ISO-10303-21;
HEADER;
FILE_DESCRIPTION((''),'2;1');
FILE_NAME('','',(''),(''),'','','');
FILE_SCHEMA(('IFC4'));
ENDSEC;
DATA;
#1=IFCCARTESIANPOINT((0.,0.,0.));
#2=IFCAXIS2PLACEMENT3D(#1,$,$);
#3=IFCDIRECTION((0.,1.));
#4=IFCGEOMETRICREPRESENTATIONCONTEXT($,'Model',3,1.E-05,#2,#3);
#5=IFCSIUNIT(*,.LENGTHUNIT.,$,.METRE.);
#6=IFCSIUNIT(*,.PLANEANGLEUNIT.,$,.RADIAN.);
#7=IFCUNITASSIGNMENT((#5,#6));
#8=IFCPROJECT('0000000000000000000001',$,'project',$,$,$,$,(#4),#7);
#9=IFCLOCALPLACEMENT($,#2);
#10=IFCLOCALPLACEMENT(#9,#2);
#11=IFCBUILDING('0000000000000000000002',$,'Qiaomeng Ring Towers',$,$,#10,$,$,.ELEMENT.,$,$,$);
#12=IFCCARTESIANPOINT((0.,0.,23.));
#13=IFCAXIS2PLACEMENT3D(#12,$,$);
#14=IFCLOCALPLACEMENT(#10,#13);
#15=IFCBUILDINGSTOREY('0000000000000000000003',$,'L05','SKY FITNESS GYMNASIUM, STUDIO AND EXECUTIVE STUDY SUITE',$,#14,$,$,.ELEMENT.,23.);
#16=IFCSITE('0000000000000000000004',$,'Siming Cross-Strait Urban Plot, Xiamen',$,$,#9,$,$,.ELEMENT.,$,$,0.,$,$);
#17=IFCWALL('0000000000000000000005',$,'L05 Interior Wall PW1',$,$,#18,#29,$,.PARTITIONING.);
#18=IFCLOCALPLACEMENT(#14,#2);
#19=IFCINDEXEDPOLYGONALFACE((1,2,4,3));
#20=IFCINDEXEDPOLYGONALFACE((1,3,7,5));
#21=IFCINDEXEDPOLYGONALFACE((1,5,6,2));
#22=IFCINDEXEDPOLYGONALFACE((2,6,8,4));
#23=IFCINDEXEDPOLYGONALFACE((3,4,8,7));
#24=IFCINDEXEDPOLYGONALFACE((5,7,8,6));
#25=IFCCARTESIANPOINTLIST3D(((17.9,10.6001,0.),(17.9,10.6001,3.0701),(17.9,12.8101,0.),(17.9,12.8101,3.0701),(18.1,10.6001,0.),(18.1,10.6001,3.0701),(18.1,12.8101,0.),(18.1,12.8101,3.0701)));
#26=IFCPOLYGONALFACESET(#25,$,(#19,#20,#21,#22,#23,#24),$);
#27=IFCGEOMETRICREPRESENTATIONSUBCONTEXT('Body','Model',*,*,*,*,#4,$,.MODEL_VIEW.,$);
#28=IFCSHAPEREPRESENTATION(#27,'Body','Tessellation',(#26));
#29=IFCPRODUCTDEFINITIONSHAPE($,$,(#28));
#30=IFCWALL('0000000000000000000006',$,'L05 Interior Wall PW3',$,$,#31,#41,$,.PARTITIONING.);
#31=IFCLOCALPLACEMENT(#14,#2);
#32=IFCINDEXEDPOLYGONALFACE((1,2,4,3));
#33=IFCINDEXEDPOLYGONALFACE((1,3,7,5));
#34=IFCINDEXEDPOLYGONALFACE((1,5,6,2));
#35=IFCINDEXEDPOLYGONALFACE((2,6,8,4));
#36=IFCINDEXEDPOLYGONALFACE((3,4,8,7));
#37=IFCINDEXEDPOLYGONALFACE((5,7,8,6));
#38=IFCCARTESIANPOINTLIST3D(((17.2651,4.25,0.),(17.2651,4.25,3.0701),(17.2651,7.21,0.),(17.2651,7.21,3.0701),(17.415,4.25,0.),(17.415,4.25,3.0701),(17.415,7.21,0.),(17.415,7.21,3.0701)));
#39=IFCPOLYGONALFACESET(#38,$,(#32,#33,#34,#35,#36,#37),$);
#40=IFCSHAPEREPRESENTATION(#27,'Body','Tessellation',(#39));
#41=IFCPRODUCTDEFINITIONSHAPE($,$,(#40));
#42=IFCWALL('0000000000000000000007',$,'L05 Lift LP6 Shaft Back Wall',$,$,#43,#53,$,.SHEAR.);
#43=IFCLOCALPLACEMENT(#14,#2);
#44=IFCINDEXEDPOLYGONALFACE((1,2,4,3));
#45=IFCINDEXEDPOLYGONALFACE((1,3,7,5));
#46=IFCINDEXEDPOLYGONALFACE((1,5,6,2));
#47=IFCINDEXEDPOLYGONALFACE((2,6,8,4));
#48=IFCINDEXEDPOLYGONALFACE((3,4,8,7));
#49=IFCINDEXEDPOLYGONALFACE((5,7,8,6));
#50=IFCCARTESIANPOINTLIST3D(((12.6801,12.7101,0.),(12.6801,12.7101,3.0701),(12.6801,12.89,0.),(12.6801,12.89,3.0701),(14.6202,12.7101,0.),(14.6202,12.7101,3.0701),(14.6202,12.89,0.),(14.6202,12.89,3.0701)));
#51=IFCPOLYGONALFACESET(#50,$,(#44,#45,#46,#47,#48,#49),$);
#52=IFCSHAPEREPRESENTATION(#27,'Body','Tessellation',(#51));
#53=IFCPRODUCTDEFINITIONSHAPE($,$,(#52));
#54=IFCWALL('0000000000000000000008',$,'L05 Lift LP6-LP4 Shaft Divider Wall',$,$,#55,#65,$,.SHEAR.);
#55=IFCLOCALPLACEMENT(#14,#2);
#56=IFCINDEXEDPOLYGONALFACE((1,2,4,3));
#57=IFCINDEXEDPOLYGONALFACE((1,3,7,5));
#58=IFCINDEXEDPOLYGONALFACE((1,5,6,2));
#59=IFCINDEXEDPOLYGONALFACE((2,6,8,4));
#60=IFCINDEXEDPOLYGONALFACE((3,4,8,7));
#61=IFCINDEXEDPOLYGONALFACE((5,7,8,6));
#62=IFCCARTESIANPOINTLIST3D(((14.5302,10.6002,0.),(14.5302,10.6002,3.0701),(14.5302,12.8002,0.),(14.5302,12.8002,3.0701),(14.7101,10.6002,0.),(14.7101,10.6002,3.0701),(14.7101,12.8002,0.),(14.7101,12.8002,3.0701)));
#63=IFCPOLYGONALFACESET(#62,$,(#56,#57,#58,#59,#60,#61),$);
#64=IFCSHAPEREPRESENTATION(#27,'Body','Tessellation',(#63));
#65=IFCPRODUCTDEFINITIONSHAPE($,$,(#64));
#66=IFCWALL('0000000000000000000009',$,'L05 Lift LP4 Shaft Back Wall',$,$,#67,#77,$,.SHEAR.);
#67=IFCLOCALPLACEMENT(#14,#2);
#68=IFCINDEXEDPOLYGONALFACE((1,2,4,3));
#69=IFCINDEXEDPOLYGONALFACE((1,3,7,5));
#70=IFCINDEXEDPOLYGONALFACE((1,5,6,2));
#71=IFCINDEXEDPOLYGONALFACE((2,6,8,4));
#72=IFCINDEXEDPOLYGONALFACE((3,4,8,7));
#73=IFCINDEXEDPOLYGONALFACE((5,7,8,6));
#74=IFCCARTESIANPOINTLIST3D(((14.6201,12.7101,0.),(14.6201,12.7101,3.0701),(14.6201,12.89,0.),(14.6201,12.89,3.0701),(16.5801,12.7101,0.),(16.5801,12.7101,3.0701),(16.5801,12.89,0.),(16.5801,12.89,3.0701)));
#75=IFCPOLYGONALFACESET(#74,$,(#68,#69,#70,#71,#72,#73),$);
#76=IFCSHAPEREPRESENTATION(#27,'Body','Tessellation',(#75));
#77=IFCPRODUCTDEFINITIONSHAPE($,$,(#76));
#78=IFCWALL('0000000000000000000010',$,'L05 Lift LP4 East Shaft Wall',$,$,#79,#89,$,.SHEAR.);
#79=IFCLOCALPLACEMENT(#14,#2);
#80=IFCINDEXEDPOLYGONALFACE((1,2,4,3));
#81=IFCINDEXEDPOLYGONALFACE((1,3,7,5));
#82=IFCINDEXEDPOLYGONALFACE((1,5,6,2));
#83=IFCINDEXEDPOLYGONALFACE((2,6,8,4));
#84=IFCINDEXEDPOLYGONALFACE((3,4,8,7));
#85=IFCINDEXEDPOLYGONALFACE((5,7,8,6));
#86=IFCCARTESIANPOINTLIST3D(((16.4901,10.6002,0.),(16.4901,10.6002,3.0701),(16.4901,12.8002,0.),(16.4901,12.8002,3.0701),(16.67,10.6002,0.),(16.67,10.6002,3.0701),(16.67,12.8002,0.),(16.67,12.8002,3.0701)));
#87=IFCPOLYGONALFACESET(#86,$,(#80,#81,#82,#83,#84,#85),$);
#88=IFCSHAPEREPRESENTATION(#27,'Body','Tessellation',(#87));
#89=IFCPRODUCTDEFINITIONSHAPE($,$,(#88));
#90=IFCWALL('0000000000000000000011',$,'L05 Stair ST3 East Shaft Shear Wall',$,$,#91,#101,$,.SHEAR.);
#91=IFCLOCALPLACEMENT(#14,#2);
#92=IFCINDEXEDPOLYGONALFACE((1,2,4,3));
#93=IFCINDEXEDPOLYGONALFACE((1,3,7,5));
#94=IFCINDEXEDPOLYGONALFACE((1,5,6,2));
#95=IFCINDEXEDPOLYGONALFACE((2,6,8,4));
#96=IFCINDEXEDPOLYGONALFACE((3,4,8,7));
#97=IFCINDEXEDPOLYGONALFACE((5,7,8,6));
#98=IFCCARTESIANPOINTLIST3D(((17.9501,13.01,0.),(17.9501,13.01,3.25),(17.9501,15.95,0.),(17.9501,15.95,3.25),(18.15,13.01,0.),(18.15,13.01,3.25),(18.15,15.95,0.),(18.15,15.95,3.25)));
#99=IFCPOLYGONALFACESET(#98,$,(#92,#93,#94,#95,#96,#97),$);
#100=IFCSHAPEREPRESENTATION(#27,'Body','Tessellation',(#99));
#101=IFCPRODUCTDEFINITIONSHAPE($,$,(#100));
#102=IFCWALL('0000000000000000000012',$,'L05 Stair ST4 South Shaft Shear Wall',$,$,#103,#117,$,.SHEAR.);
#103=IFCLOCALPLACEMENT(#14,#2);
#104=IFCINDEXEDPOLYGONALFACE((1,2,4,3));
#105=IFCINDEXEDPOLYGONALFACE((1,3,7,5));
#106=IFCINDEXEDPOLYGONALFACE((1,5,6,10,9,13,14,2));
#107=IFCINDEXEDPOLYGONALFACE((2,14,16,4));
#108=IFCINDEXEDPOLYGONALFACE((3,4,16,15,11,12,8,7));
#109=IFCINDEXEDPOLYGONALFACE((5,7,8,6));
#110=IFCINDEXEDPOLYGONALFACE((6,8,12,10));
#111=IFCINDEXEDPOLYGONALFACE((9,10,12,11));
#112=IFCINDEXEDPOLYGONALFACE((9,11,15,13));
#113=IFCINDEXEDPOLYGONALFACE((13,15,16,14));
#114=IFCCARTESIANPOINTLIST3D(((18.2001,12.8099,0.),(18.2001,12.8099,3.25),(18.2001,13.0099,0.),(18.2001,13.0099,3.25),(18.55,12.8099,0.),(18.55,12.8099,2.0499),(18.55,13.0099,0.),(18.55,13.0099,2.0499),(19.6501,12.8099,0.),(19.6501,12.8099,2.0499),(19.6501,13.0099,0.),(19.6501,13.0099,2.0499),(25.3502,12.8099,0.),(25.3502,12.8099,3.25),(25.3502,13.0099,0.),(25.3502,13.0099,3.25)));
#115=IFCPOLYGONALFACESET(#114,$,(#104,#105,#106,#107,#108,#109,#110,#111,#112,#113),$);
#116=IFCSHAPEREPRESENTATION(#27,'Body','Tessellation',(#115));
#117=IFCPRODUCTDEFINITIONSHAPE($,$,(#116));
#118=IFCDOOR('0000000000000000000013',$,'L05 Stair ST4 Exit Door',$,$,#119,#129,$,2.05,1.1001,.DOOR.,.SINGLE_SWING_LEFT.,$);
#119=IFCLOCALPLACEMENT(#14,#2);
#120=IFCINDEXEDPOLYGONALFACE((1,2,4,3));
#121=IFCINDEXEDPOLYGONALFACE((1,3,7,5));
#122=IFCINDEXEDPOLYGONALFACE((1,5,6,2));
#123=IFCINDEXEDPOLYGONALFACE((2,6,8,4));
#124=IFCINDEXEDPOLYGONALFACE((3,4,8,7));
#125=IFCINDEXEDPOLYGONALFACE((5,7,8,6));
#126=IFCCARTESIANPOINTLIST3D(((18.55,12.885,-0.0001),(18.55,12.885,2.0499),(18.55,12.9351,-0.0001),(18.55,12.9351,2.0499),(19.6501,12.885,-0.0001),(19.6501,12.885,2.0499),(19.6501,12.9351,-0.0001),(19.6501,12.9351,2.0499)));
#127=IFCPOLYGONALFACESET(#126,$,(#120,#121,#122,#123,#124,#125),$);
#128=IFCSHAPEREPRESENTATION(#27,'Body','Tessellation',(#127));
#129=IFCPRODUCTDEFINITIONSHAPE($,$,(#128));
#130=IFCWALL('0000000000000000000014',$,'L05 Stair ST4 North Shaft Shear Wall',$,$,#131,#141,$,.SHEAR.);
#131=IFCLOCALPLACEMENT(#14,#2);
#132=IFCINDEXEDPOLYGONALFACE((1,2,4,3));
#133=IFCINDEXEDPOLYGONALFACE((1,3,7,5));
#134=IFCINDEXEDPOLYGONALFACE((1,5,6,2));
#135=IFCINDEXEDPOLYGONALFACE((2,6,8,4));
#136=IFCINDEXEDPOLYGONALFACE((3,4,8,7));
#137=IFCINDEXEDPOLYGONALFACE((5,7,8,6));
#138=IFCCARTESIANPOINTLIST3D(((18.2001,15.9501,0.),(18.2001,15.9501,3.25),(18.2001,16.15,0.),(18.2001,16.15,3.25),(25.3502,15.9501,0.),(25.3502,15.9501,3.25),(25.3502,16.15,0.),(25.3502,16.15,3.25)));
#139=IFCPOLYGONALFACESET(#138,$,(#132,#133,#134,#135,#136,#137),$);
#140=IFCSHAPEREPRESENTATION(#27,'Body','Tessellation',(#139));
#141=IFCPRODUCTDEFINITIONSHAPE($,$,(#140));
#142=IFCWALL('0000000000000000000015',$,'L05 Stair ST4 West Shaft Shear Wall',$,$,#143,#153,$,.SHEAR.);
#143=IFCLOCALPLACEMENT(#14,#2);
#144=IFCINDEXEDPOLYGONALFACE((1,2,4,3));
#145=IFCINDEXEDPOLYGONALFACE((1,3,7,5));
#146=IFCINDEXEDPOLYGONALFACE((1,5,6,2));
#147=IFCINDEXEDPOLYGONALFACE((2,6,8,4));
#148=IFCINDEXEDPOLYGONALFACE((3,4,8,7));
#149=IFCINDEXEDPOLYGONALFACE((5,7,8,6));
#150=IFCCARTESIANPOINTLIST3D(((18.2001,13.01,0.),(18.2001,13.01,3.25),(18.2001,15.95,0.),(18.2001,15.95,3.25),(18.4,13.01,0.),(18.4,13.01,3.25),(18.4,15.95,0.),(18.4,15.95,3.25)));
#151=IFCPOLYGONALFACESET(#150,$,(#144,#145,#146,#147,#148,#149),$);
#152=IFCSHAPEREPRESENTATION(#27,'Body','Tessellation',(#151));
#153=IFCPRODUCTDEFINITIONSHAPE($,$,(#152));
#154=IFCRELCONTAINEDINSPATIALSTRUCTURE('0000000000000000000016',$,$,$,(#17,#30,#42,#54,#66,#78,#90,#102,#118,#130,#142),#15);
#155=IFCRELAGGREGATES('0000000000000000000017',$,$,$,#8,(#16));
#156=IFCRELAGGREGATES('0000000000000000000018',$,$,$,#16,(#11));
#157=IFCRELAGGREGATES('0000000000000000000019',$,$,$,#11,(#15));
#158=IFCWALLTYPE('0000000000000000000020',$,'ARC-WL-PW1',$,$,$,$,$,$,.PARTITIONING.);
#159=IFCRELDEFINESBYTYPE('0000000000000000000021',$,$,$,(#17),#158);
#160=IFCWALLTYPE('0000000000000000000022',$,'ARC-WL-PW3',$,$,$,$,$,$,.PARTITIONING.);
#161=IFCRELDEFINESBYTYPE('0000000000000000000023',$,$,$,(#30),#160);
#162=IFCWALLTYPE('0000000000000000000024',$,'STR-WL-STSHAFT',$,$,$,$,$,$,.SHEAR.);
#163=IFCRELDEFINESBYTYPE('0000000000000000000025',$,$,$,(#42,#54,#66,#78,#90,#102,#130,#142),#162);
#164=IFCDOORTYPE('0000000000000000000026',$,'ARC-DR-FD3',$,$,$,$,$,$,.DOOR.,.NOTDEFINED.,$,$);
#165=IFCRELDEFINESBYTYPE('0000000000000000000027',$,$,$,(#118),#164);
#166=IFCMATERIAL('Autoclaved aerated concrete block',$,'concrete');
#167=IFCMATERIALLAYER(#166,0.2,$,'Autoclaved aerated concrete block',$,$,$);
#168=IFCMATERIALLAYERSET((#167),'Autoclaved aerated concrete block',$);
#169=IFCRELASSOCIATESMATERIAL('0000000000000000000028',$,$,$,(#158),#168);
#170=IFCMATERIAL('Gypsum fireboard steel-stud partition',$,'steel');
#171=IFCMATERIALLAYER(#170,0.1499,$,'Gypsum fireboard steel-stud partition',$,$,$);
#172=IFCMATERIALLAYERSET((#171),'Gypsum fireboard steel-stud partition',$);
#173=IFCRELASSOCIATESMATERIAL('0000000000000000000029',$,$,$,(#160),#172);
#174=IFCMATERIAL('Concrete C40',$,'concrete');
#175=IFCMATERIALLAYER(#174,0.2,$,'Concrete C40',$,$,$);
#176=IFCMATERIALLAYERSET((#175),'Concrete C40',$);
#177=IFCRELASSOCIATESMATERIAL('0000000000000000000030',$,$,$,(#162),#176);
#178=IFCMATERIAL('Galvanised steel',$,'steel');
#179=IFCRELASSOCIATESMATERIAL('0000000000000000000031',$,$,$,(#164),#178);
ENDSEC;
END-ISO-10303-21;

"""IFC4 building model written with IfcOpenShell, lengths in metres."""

from ifc_helpers import new_model, si_unit, direction, frame, frame_2d, origin, place, context, subcontext, project, spatial, rectangle, extrude, source, transform, mapped, material, layer, layer_set, type_object, element, fill, save


model = new_model("IFC4")

# Units and contexts
model_context = context("Model", 3, precision=1e-05, world=origin(), true_north=direction((0.0, 1.0)))
body_context = subcontext(model_context, "Body", "Model", "MODEL_VIEW")
ifc_project = project(units=[si_unit("LENGTHUNIT", "METRE"), si_unit("PLANEANGLEUNIT", "RADIAN")], contexts=[model_context])

# Site, building, storey
site_placement = place(None, origin())
site = spatial("IfcSite", under=ifc_project, at=site_placement, Name="Siming Cross-Strait Urban Plot, Xiamen", CompositionType="ELEMENT", RefElevation=0.0)
building_placement = place(site_placement, origin())
building = spatial("IfcBuilding", under=site, at=building_placement, Name="Qiaomeng Ring Towers", CompositionType="ELEMENT")
storey_placement = place(building_placement, frame((0.0, 0.0, 23.0)))
storey = spatial("IfcBuildingStorey", under=building, at=storey_placement, Name="L05", Description="SKY FITNESS GYMNASIUM, STUDIO AND EXECUTIVE STUDY SUITE", CompositionType="ELEMENT", Elevation=23.0)

# Walls
ifc_material_1 = material(Name="Autoclaved aerated concrete block", Category="concrete")
ifc_layer_1 = layer(ifc_material_1, 0.2, Name="Autoclaved aerated concrete block")
ifc_layer_set_1 = layer_set([ifc_layer_1], Name="Autoclaved aerated concrete block")
wall_type_1 = type_object("IfcWallType", Name="ARC-WL-PW1", PredefinedType="PARTITIONING", material=ifc_layer_set_1)
wall_1_placement = place(storey_placement, frame((18.0, 10.6001, 0.0), z_axis=(0.0, 0.0, 1.0), x_axis=(0.0, 1.0, 0.0)))
element("IfcWall", 1, at=wall_1_placement, inside=storey, type_object=wall_type_1, Name="L05 Interior Wall PW1", PredefinedType="PARTITIONING", context=body_context, shape_type="SweptSolid", body=[
    extrude(rectangle(XDim=2.21, YDim=0.2, at=frame_2d((1.105, 0.0))), origin(), (0.0, 0.0, 1.0), 3.0701),
])
ifc_material_2 = material(Name="Gypsum fireboard steel-stud partition", Category="steel")
ifc_layer_2 = layer(ifc_material_2, 0.1499, Name="Gypsum fireboard steel-stud partition")
ifc_layer_set_2 = layer_set([ifc_layer_2], Name="Gypsum fireboard steel-stud partition")
wall_type_2 = type_object("IfcWallType", Name="ARC-WL-PW3", PredefinedType="PARTITIONING", material=ifc_layer_set_2)
wall_2_placement = place(storey_placement, frame((17.3401, 4.25, 0.0), z_axis=(0.0, 0.0, 1.0), x_axis=(0.0, 1.0, 0.0)))
element("IfcWall", 2, at=wall_2_placement, inside=storey, type_object=wall_type_2, Name="L05 Interior Wall PW3", PredefinedType="PARTITIONING", context=body_context, shape_type="SweptSolid", body=[
    extrude(rectangle(XDim=2.96, YDim=0.1499, at=frame_2d((1.48, 0.0))), origin(), (0.0, 0.0, 1.0), 3.0701),
])
ifc_material_3 = material(Name="Concrete C40", Category="concrete")
ifc_layer_3 = layer(ifc_material_3, 0.2, Name="Concrete C40")
ifc_layer_set_3 = layer_set([ifc_layer_3], Name="Concrete C40")
wall_type_3 = type_object("IfcWallType", Name="STR-WL-STSHAFT", PredefinedType="SHEAR", material=ifc_layer_set_3)
wall_3_placement = place(storey_placement, frame((12.6799, 12.8, 0.0), z_axis=(0.0, 0.0, 1.0), x_axis=(1.0, 0.0, 0.0)))
element("IfcWall", 3, at=wall_3_placement, inside=storey, type_object=wall_type_3, Name="L05 Lift LP6 Shaft Back Wall", PredefinedType="SHEAR", context=body_context, shape_type="SweptSolid", body=[
    extrude(rectangle(XDim=1.9402, YDim=0.1799, at=frame_2d((0.9702, 0.0))), origin(), (0.0, 0.0, 1.0), 3.0701),
])
wall_4_placement = place(storey_placement, frame((14.6201, 10.6001, 0.0), z_axis=(0.0, 0.0, 1.0), x_axis=(0.0, 1.0, 0.0)))
element("IfcWall", 4, at=wall_4_placement, inside=storey, type_object=wall_type_3, Name="L05 Lift LP6-LP4 Shaft Divider Wall", PredefinedType="SHEAR", context=body_context, shape_type="SweptSolid", body=[
    extrude(rectangle(XDim=2.2, YDim=0.1799, at=frame_2d((1.1001, 0.0))), origin(), (0.0, 0.0, 1.0), 3.0701),
])
wall_5_placement = place(storey_placement, frame((14.6201, 12.8, 0.0), z_axis=(0.0, 0.0, 1.0), x_axis=(1.0, 0.0, 0.0)))
element("IfcWall", 5, at=wall_5_placement, inside=storey, type_object=wall_type_3, Name="L05 Lift LP4 Shaft Back Wall", PredefinedType="SHEAR", context=body_context, shape_type="SweptSolid", body=[
    extrude(rectangle(XDim=1.96, YDim=0.1799, at=frame_2d((0.98, 0.0))), origin(), (0.0, 0.0, 1.0), 3.0701),
])
wall_6_placement = place(storey_placement, frame((16.5801, 10.6001, 0.0), z_axis=(0.0, 0.0, 1.0), x_axis=(0.0, 1.0, 0.0)))
element("IfcWall", 6, at=wall_6_placement, inside=storey, type_object=wall_type_3, Name="L05 Lift LP4 East Shaft Wall", PredefinedType="SHEAR", context=body_context, shape_type="SweptSolid", body=[
    extrude(rectangle(XDim=2.2, YDim=0.1799, at=frame_2d((1.1001, 0.0))), origin(), (0.0, 0.0, 1.0), 3.0701),
])
wall_7_placement = place(storey_placement, frame((18.05, 13.01, 0.0), z_axis=(0.0, 0.0, 1.0), x_axis=(0.0, 1.0, 0.0)))
element("IfcWall", 7, at=wall_7_placement, inside=storey, type_object=wall_type_3, Name="L05 Stair ST3 East Shaft Shear Wall", PredefinedType="SHEAR", context=body_context, shape_type="SweptSolid", body=[
    extrude(rectangle(XDim=2.9399, YDim=0.2, at=frame_2d((1.47, 0.0))), origin(), (0.0, 0.0, 1.0), 3.25),
])

# Wall, opening, door
wall_8_placement = place(storey_placement, frame((18.2, 12.9099, 0.0), z_axis=(0.0, 0.0, 1.0), x_axis=(1.0, 0.0, 0.0)))
wall_8 = element("IfcWall", 8, at=wall_8_placement, inside=storey, type_object=wall_type_3, Name="L05 Stair ST4 South Shaft Shear Wall", PredefinedType="SHEAR", context=body_context, shape_type="SweptSolid", body=[
    extrude(rectangle(XDim=7.1501, YDim=0.2, at=frame_2d((3.5752, 0.0))), origin(), (0.0, 0.0, 1.0), 3.25),
])
opening_placement = place(wall_8_placement, frame((0.3501, 0.0, 0.0)))
opening = element("IfcOpeningElement", 9, at=opening_placement, cuts=wall_8, PredefinedType="OPENING", context=body_context, shape_type="SweptSolid", body=[
    extrude(rectangle(XDim=1.1001, YDim=2.05, at=frame_2d((0.55, 1.0249))), frame((0.0, 0.1099, 0.0), z_axis=(0.0, -1.0, 0.0), x_axis=(1.0, 0.0, 0.0)), (0.0, 0.0, 1.0), 0.22),
])
ifc_material_4 = material(Name="Galvanised steel", Category="steel")
door_type = type_object("IfcDoorType", Name="ARC-DR-FD3", OperationType="NOTDEFINED", PredefinedType="DOOR", material=ifc_material_4)
shared_shape_1 = source(origin(), body_context, "Body", "SweptSolid", [
    extrude(rectangle(XDim=1.1001, YDim=2.05, at=frame_2d((0.55, 1.0249))), frame((0.0, 0.0249, 0.0), z_axis=(0.0, -1.0, 0.0), x_axis=(1.0, 0.0, 0.0)), (0.0, 0.0, 1.0), 0.05),
])
door_placement = place(opening_placement, frame((1.1001, 0.0, 0.0), z_axis=(0.0, 0.0, 1.0), x_axis=(-1.0, 0.0, 0.0)))
door = element("IfcDoor", 10, at=door_placement, inside=storey, type_object=door_type, Name="L05 Stair ST4 Exit Door", OperationType="SINGLE_SWING_LEFT", OverallHeight=2.05, OverallWidth=1.1001, PredefinedType="DOOR", context=body_context, shape_type="MappedRepresentation", body=[
    mapped(shared_shape_1, transform((0.0, 0.0, 0.0), x_axis=(1.0, 0.0, 0.0), y_axis=(0.0, 1.0, 0.0), z_axis=(0.0, 0.0, 1.0), scale=1.0)),
])
fill(opening, door)

# Walls
wall_9_placement = place(storey_placement, frame((18.2, 16.05, 0.0), z_axis=(0.0, 0.0, 1.0), x_axis=(1.0, 0.0, 0.0)))
element("IfcWall", 11, at=wall_9_placement, inside=storey, type_object=wall_type_3, Name="L05 Stair ST4 North Shaft Shear Wall", PredefinedType="SHEAR", context=body_context, shape_type="SweptSolid", body=[
    extrude(rectangle(XDim=7.1501, YDim=0.2, at=frame_2d((3.5752, 0.0))), origin(), (0.0, 0.0, 1.0), 3.25),
])
wall_10_placement = place(storey_placement, frame((18.3, 13.01, 0.0), z_axis=(0.0, 0.0, 1.0), x_axis=(0.0, 1.0, 0.0)))
element("IfcWall", 12, at=wall_10_placement, inside=storey, type_object=wall_type_3, Name="L05 Stair ST4 West Shaft Shear Wall", PredefinedType="SHEAR", context=body_context, shape_type="SweptSolid", body=[
    extrude(rectangle(XDim=2.9399, YDim=0.2, at=frame_2d((1.47, 0.0))), origin(), (0.0, 0.0, 1.0), 3.25),
])

save(model, "model.ifc")
